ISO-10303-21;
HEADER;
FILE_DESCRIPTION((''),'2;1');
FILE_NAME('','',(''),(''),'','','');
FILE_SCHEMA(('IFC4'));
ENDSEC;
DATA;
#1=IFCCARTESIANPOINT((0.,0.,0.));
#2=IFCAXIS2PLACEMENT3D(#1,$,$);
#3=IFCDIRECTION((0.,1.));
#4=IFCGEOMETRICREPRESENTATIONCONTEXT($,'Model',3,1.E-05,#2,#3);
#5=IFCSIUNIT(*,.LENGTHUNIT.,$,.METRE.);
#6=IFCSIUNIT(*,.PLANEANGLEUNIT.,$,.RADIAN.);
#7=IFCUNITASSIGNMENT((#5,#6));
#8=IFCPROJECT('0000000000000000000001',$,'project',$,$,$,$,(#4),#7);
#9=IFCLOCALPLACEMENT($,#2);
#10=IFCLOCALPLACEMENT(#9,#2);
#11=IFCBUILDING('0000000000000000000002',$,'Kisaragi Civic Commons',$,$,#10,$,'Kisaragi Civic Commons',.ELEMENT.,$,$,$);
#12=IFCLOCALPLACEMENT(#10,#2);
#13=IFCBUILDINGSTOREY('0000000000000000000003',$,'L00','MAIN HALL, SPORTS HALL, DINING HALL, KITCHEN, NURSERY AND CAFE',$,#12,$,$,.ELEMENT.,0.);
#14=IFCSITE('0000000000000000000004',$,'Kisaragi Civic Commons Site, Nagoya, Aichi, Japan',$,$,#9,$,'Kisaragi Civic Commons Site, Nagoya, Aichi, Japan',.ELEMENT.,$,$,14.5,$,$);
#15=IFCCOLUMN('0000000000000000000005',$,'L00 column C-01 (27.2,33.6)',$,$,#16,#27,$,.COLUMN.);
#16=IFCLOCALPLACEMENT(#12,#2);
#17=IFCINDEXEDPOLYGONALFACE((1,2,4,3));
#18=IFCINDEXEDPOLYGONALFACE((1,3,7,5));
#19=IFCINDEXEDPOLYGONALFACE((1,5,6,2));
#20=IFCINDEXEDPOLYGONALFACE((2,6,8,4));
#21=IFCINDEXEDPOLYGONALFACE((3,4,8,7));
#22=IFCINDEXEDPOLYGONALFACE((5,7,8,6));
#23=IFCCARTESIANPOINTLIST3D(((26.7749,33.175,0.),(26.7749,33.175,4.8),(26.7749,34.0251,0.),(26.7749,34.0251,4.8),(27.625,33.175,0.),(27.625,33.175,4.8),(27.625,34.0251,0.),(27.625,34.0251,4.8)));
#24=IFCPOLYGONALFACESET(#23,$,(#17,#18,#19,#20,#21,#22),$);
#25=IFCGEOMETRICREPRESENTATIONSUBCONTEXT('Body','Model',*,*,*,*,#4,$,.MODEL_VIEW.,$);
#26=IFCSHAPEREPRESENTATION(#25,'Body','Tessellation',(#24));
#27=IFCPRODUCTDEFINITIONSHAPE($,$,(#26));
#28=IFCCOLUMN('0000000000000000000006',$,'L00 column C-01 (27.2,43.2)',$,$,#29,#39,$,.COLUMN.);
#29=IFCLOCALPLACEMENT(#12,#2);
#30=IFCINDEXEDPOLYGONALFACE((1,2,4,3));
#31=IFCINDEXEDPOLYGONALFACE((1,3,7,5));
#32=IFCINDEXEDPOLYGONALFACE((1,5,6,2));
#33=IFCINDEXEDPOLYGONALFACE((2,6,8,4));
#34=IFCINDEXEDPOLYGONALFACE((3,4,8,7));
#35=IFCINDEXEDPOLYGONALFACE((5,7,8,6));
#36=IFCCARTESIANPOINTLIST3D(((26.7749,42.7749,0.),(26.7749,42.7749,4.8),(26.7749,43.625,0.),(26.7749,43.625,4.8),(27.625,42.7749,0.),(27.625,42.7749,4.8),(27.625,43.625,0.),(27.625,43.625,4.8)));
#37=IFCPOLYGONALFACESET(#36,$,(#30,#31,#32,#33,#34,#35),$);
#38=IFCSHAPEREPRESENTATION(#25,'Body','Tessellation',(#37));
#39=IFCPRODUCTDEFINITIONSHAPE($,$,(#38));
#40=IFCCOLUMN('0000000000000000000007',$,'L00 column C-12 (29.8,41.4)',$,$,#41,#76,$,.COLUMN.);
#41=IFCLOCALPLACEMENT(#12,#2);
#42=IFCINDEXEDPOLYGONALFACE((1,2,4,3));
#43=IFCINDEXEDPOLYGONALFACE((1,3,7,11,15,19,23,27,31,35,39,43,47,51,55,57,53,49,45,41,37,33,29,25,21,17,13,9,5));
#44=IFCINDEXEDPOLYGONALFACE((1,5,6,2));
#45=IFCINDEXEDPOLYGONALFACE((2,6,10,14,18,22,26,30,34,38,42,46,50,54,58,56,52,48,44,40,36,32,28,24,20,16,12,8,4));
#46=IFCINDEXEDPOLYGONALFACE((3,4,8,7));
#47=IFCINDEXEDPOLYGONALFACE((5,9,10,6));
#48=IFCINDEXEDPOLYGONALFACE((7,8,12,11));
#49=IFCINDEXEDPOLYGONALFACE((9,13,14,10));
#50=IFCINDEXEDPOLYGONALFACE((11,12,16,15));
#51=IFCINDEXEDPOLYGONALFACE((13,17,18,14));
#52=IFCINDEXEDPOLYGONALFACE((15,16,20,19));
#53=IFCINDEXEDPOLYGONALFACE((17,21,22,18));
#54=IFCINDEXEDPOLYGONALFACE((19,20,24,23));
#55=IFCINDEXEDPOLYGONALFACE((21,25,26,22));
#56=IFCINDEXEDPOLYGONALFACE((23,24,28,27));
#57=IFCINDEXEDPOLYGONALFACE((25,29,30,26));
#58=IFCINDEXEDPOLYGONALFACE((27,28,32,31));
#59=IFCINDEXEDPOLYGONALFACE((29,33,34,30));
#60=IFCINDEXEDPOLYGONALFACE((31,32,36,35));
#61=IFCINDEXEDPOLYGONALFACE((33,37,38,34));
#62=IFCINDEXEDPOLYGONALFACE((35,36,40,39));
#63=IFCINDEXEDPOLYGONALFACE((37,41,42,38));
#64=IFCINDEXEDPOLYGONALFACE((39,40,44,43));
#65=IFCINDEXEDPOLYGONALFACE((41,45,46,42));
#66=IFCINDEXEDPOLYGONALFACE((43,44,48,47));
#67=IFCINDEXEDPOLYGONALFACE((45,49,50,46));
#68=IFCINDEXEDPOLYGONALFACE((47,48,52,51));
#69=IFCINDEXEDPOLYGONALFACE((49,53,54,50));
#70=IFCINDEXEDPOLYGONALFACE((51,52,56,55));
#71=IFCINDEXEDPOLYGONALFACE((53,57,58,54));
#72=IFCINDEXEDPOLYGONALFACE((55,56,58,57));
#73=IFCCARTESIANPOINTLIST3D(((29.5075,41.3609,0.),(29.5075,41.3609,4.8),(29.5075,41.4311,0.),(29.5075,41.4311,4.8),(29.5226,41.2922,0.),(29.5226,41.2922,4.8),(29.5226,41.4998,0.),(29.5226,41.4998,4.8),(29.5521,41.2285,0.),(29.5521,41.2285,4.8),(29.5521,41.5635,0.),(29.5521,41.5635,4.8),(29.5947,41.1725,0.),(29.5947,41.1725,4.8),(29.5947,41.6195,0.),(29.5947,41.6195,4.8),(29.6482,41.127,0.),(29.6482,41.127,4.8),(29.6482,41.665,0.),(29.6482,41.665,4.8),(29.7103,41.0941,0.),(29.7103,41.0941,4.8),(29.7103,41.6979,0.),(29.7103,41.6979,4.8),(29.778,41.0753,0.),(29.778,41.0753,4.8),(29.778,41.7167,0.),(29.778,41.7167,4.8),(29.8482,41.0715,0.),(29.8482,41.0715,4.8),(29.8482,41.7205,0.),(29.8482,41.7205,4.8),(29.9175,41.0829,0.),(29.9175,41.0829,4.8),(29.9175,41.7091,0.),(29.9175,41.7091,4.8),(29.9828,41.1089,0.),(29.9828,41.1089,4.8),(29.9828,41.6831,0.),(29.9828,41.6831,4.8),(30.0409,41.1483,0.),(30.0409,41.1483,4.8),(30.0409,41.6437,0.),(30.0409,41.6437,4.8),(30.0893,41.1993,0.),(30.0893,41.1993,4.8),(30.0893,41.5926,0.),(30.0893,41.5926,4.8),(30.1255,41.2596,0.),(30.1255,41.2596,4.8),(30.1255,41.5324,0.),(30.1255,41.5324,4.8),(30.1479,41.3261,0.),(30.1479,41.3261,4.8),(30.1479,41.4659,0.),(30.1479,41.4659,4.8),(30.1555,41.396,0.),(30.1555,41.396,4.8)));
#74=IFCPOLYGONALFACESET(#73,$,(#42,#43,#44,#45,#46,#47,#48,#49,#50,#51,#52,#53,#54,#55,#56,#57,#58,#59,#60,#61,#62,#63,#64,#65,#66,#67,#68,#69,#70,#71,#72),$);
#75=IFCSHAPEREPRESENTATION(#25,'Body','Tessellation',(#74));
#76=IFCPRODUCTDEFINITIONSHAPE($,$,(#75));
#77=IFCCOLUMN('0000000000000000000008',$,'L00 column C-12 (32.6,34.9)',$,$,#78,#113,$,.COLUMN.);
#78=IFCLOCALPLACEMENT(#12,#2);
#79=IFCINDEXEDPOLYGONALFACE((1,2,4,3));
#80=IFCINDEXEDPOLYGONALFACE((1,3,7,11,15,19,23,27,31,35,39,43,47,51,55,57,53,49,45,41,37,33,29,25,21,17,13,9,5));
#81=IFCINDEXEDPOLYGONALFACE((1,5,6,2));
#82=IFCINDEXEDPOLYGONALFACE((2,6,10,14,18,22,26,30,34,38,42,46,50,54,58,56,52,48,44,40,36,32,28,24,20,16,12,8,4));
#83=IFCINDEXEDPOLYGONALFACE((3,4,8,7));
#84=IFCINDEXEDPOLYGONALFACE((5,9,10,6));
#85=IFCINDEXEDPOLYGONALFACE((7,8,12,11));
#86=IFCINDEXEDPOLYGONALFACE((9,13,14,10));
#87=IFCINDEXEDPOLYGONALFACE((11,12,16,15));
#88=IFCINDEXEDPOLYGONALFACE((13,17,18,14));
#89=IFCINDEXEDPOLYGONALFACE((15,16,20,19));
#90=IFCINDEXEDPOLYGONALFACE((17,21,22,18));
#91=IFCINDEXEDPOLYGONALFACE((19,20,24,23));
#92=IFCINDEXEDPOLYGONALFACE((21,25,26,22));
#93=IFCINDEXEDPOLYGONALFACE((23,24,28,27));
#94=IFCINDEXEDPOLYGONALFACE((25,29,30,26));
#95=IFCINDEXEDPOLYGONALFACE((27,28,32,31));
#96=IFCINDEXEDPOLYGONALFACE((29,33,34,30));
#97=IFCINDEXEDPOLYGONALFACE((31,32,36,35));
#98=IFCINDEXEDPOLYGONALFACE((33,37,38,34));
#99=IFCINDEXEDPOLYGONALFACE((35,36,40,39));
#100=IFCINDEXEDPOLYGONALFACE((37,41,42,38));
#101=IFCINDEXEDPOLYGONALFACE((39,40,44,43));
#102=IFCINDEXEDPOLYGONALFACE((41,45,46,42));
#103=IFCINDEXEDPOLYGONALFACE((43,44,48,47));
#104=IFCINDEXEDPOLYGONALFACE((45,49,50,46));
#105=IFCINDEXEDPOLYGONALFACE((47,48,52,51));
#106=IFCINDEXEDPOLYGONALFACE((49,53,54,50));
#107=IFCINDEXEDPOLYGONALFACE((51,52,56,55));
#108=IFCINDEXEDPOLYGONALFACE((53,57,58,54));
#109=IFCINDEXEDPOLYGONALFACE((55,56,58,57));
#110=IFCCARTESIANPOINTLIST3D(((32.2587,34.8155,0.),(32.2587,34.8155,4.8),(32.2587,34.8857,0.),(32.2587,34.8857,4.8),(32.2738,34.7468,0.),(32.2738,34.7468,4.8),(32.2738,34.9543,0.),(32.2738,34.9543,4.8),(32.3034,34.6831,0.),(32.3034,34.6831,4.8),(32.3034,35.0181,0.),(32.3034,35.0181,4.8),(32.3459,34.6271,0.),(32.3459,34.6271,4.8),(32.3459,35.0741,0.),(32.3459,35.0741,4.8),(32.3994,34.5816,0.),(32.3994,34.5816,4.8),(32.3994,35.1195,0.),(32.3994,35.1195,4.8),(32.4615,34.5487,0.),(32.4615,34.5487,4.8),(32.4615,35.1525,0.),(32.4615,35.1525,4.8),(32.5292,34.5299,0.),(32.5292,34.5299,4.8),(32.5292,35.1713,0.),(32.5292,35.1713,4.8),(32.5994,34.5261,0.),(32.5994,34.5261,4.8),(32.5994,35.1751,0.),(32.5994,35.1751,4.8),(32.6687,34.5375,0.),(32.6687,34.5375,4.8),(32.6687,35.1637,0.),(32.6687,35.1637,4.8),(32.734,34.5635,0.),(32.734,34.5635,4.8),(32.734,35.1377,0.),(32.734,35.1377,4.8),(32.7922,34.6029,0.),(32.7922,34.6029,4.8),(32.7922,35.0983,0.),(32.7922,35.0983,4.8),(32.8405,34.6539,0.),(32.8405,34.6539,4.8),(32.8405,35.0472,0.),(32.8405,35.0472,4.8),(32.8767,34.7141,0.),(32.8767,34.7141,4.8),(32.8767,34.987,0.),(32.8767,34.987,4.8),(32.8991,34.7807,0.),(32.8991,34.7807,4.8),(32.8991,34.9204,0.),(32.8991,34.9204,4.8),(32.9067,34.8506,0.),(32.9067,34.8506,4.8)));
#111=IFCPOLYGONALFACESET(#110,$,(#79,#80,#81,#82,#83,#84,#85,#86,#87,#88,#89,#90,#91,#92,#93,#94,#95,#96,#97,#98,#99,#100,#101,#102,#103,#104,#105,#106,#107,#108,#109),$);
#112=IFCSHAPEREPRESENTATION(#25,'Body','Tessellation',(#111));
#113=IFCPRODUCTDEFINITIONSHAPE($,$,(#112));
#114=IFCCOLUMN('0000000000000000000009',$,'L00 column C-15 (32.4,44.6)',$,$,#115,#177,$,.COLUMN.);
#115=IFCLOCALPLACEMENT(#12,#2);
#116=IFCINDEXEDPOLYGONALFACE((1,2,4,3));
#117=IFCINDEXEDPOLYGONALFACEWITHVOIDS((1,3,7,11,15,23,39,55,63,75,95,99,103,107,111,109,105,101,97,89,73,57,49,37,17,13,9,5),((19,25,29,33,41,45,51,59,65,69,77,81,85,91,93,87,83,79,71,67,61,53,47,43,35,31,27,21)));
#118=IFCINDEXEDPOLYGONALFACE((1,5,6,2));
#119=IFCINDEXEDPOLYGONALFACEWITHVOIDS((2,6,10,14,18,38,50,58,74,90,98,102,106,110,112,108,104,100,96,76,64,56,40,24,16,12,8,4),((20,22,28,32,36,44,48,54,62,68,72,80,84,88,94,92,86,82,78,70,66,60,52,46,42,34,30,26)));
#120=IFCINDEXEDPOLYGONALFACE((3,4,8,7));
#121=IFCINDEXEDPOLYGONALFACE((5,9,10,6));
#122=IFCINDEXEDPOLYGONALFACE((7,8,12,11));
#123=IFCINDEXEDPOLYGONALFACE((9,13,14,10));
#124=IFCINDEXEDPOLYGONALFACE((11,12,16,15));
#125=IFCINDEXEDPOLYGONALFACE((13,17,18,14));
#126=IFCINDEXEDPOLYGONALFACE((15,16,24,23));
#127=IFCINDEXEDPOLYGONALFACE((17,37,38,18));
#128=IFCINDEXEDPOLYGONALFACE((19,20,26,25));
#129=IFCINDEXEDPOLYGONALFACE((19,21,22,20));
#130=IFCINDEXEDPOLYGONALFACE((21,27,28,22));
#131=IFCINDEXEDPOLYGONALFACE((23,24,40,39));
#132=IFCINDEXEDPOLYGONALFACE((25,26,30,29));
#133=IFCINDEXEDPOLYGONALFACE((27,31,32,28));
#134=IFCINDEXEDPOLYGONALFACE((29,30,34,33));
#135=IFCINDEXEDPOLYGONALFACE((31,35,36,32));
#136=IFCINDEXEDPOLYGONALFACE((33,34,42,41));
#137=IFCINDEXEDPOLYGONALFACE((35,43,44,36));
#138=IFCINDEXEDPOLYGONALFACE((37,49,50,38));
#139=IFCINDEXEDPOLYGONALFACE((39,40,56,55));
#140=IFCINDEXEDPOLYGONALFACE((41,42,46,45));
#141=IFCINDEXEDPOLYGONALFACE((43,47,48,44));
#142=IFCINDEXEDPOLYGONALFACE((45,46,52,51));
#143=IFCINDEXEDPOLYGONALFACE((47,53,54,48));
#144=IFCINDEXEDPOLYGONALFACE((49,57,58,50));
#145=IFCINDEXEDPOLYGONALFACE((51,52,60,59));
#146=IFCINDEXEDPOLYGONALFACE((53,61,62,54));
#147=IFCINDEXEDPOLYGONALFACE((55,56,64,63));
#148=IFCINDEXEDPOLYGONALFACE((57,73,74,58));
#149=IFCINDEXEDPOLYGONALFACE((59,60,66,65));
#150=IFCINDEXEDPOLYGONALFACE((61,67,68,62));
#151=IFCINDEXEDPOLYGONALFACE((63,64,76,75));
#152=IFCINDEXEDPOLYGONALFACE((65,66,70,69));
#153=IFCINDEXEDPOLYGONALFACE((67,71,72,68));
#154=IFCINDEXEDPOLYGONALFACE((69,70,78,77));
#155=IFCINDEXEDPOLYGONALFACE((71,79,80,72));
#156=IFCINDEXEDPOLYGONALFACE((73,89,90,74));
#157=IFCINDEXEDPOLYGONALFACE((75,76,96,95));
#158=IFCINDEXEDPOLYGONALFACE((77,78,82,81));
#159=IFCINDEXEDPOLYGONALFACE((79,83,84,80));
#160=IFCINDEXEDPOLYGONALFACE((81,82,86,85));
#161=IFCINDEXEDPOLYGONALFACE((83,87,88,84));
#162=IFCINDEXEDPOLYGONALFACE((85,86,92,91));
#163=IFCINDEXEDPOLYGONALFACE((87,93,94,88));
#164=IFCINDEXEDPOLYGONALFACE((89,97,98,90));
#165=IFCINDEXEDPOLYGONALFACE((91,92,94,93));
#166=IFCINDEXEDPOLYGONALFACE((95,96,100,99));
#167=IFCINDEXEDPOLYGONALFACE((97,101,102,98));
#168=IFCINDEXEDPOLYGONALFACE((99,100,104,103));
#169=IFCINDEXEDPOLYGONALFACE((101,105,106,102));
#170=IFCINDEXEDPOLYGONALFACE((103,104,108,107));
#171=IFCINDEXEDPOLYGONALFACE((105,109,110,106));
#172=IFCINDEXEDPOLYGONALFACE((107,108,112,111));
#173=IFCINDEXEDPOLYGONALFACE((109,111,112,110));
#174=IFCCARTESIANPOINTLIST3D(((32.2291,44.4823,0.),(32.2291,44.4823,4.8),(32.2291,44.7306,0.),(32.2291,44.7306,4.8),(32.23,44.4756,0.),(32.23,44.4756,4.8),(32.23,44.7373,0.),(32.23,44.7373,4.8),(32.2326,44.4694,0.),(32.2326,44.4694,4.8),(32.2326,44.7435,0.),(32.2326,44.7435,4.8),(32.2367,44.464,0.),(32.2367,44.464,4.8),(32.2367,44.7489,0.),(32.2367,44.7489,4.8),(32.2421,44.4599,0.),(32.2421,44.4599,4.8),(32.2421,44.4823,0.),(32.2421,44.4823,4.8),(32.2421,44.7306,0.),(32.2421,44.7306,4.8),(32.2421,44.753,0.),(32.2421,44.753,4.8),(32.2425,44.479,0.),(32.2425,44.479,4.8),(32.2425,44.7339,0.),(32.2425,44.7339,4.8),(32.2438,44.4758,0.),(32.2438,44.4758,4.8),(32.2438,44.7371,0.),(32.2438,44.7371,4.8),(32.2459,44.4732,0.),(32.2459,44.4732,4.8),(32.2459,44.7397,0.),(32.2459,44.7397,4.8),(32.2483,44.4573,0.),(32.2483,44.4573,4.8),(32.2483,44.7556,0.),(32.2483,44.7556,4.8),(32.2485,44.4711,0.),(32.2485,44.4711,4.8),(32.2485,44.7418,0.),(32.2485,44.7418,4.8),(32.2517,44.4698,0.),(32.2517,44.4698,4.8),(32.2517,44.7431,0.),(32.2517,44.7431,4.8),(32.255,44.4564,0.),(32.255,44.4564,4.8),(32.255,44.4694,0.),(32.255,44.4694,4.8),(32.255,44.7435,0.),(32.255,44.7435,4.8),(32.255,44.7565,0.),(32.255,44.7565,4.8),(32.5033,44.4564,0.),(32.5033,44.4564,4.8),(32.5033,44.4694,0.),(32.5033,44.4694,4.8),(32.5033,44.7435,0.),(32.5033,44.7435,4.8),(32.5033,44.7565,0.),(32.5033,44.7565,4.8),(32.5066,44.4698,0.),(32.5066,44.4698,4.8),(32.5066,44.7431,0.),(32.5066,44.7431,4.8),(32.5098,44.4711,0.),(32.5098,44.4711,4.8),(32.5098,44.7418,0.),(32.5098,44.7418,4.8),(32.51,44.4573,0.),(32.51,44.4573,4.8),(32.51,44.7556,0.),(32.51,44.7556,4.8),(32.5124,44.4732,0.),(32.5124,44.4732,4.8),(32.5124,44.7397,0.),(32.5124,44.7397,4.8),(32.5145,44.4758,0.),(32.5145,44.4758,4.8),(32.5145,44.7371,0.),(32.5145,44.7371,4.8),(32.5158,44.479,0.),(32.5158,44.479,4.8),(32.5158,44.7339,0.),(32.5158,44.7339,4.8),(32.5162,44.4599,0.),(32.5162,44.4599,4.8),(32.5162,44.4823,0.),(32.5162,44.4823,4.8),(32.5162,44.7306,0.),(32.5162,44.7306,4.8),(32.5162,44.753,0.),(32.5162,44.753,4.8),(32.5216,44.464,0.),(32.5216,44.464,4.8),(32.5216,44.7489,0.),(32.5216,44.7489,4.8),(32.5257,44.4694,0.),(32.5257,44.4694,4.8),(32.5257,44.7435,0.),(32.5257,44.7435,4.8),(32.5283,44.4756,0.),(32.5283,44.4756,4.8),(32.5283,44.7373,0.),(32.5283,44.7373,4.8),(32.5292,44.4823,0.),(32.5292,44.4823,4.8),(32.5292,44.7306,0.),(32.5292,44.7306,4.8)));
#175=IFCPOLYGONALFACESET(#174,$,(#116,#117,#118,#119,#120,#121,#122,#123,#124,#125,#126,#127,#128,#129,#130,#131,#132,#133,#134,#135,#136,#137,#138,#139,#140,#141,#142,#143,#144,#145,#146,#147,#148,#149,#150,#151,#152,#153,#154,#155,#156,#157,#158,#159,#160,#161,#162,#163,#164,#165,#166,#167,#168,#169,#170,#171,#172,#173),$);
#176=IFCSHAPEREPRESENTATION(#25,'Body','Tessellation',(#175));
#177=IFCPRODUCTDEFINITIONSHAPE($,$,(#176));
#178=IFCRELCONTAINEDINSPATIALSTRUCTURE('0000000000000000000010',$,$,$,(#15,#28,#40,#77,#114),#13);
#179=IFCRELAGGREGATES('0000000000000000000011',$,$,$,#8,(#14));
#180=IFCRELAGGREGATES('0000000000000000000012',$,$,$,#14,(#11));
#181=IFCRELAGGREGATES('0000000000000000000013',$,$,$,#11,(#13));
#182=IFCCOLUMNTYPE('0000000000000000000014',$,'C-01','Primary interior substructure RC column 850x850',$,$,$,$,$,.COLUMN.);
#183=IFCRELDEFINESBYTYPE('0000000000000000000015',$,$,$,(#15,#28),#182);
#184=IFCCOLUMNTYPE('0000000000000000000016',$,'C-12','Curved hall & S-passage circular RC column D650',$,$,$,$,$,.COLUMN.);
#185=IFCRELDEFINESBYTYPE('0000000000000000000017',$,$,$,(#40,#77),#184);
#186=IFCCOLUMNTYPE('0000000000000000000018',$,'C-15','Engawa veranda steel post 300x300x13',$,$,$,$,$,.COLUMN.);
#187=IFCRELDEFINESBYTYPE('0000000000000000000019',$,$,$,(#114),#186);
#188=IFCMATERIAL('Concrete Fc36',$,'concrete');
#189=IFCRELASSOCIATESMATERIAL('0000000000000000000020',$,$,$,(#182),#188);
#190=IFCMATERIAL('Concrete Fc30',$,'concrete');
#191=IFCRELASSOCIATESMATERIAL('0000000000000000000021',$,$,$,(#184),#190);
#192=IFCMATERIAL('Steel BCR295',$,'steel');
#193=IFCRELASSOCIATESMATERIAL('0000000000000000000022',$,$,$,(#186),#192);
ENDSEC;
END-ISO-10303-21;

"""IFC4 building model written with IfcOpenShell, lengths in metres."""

from ifc_helpers import new_model, si_unit, direction, frame, origin, origin_2d, place, context, subcontext, project, spatial, rectangle, hollow_rectangle, circle, extrude, material, material_profile, profile_set, type_object, element, save


model = new_model("IFC4")

# Units and contexts
model_context = context("Model", 3, precision=1e-05, world=origin(), true_north=direction((0.0, 1.0)))
body_context = subcontext(model_context, "Body", "Model", "MODEL_VIEW")
ifc_project = project(units=[si_unit("LENGTHUNIT", "METRE"), si_unit("PLANEANGLEUNIT", "RADIAN")], contexts=[model_context])

# Site, building, storey
site_placement = place(None, origin())
site = spatial("IfcSite", under=ifc_project, at=site_placement, Name="Kisaragi Civic Commons Site, Nagoya, Aichi, Japan", LongName="Kisaragi Civic Commons Site, Nagoya, Aichi, Japan", CompositionType="ELEMENT", RefElevation=14.5)
building_placement = place(site_placement, origin())
building = spatial("IfcBuilding", under=site, at=building_placement, Name="Kisaragi Civic Commons", LongName="Kisaragi Civic Commons", CompositionType="ELEMENT")
storey_placement = place(building_placement, origin())
storey = spatial("IfcBuildingStorey", under=building, at=storey_placement, Name="L00", Description="MAIN HALL, SPORTS HALL, DINING HALL, KITCHEN, NURSERY AND CAFE", CompositionType="ELEMENT", Elevation=0.0)

# Columns
ifc_material_1 = material(Name="Concrete Fc36", Category="concrete")
ifc_material_profile_1 = material_profile(ifc_material_1, rectangle(XDim=0.8501, YDim=0.8501, at=origin_2d()), Name="RC-850x850", Category="concrete")
ifc_profile_set_1 = profile_set([ifc_material_profile_1], Name="Concrete Fc36")
column_type_1 = type_object("IfcColumnType", Name="C-01", Description="Primary interior substructure RC column 850x850", PredefinedType="COLUMN", material=ifc_profile_set_1)
for number, where, z_axis, x_axis, name in (
    (1, (27.2, 33.6001, 0.0), (0.0, 0.0, 1.0), (1.0, 0.0, 0.0), "L00 column C-01 (27.2,33.6)"),
    (2, (27.2, 43.2, 0.0), (0.0, 0.0, 1.0), (1.0, 0.0, 0.0), "L00 column C-01 (27.2,43.2)"),
):
    element("IfcColumn", number, at=place(storey_placement, frame(where, z_axis=z_axis, x_axis=x_axis)), inside=storey, type_object=column_type_1, Name=name, PredefinedType="COLUMN", context=body_context, shape_type="SweptSolid", body=[
        extrude(rectangle(XDim=0.8501, YDim=0.8501, at=origin_2d()), origin(), (0.0, 0.0, 1.0), 4.8),
    ])
ifc_material_2 = material(Name="Concrete Fc30", Category="concrete")
ifc_material_profile_2 = material_profile(ifc_material_2, circle(Radius=0.325, at=origin_2d()), Name="RC-D650", Category="concrete")
ifc_profile_set_2 = profile_set([ifc_material_profile_2], Name="Concrete Fc30")
column_type_2 = type_object("IfcColumnType", Name="C-12", Description="Curved hall & S-passage circular RC column D650", PredefinedType="COLUMN", material=ifc_profile_set_2)
for number, where, z_axis, x_axis, name in (
    (3, (29.8306, 41.396, 0.0), (0.0, 0.0, 1.0), (1.0, 0.0, 0.0), "L00 column C-12 (29.8,41.4)"),
    (4, (32.5818, 34.8506, 0.0), (0.0, 0.0, 1.0), (1.0, 0.0, 0.0), "L00 column C-12 (32.6,34.9)"),
):
    element("IfcColumn", number, at=place(storey_placement, frame(where, z_axis=z_axis, x_axis=x_axis)), inside=storey, type_object=column_type_2, Name=name, PredefinedType="COLUMN", context=body_context, shape_type="SweptSolid", body=[
        extrude(circle(Radius=0.325, at=origin_2d()), origin(), (0.0, 0.0, 1.0), 4.8),
    ])
ifc_material_3 = material(Name="Steel BCR295", Category="steel")
ifc_material_profile_3 = material_profile(ifc_material_3, hollow_rectangle(XDim=0.3, YDim=0.3, WallThickness=0.0129, InnerFilletRadius=0.0129, OuterFilletRadius=0.0259, at=origin_2d()), Name="BCR-300x300x13", Category="steel")
ifc_profile_set_3 = profile_set([ifc_material_profile_3], Name="Steel BCR295")
column_type_3 = type_object("IfcColumnType", Name="C-15", Description="Engawa veranda steel post 300x300x13", PredefinedType="COLUMN", material=ifc_profile_set_3)
for number, where, z_axis, x_axis, name in (
    (5, (32.3792, 44.6064, 0.0), (0.0, 0.0, 1.0), (1.0, 0.0, 0.0), "L00 column C-15 (32.4,44.6)"),
):
    element("IfcColumn", number, at=place(storey_placement, frame(where, z_axis=z_axis, x_axis=x_axis)), inside=storey, type_object=column_type_3, Name=name, PredefinedType="COLUMN", context=body_context, shape_type="SweptSolid", body=[
        extrude(hollow_rectangle(XDim=0.3, YDim=0.3, WallThickness=0.0129, InnerFilletRadius=0.0129, OuterFilletRadius=0.0259, at=origin_2d()), origin(), (0.0, 0.0, 1.0), 4.8),
    ])

save(model, "model.ifc")
